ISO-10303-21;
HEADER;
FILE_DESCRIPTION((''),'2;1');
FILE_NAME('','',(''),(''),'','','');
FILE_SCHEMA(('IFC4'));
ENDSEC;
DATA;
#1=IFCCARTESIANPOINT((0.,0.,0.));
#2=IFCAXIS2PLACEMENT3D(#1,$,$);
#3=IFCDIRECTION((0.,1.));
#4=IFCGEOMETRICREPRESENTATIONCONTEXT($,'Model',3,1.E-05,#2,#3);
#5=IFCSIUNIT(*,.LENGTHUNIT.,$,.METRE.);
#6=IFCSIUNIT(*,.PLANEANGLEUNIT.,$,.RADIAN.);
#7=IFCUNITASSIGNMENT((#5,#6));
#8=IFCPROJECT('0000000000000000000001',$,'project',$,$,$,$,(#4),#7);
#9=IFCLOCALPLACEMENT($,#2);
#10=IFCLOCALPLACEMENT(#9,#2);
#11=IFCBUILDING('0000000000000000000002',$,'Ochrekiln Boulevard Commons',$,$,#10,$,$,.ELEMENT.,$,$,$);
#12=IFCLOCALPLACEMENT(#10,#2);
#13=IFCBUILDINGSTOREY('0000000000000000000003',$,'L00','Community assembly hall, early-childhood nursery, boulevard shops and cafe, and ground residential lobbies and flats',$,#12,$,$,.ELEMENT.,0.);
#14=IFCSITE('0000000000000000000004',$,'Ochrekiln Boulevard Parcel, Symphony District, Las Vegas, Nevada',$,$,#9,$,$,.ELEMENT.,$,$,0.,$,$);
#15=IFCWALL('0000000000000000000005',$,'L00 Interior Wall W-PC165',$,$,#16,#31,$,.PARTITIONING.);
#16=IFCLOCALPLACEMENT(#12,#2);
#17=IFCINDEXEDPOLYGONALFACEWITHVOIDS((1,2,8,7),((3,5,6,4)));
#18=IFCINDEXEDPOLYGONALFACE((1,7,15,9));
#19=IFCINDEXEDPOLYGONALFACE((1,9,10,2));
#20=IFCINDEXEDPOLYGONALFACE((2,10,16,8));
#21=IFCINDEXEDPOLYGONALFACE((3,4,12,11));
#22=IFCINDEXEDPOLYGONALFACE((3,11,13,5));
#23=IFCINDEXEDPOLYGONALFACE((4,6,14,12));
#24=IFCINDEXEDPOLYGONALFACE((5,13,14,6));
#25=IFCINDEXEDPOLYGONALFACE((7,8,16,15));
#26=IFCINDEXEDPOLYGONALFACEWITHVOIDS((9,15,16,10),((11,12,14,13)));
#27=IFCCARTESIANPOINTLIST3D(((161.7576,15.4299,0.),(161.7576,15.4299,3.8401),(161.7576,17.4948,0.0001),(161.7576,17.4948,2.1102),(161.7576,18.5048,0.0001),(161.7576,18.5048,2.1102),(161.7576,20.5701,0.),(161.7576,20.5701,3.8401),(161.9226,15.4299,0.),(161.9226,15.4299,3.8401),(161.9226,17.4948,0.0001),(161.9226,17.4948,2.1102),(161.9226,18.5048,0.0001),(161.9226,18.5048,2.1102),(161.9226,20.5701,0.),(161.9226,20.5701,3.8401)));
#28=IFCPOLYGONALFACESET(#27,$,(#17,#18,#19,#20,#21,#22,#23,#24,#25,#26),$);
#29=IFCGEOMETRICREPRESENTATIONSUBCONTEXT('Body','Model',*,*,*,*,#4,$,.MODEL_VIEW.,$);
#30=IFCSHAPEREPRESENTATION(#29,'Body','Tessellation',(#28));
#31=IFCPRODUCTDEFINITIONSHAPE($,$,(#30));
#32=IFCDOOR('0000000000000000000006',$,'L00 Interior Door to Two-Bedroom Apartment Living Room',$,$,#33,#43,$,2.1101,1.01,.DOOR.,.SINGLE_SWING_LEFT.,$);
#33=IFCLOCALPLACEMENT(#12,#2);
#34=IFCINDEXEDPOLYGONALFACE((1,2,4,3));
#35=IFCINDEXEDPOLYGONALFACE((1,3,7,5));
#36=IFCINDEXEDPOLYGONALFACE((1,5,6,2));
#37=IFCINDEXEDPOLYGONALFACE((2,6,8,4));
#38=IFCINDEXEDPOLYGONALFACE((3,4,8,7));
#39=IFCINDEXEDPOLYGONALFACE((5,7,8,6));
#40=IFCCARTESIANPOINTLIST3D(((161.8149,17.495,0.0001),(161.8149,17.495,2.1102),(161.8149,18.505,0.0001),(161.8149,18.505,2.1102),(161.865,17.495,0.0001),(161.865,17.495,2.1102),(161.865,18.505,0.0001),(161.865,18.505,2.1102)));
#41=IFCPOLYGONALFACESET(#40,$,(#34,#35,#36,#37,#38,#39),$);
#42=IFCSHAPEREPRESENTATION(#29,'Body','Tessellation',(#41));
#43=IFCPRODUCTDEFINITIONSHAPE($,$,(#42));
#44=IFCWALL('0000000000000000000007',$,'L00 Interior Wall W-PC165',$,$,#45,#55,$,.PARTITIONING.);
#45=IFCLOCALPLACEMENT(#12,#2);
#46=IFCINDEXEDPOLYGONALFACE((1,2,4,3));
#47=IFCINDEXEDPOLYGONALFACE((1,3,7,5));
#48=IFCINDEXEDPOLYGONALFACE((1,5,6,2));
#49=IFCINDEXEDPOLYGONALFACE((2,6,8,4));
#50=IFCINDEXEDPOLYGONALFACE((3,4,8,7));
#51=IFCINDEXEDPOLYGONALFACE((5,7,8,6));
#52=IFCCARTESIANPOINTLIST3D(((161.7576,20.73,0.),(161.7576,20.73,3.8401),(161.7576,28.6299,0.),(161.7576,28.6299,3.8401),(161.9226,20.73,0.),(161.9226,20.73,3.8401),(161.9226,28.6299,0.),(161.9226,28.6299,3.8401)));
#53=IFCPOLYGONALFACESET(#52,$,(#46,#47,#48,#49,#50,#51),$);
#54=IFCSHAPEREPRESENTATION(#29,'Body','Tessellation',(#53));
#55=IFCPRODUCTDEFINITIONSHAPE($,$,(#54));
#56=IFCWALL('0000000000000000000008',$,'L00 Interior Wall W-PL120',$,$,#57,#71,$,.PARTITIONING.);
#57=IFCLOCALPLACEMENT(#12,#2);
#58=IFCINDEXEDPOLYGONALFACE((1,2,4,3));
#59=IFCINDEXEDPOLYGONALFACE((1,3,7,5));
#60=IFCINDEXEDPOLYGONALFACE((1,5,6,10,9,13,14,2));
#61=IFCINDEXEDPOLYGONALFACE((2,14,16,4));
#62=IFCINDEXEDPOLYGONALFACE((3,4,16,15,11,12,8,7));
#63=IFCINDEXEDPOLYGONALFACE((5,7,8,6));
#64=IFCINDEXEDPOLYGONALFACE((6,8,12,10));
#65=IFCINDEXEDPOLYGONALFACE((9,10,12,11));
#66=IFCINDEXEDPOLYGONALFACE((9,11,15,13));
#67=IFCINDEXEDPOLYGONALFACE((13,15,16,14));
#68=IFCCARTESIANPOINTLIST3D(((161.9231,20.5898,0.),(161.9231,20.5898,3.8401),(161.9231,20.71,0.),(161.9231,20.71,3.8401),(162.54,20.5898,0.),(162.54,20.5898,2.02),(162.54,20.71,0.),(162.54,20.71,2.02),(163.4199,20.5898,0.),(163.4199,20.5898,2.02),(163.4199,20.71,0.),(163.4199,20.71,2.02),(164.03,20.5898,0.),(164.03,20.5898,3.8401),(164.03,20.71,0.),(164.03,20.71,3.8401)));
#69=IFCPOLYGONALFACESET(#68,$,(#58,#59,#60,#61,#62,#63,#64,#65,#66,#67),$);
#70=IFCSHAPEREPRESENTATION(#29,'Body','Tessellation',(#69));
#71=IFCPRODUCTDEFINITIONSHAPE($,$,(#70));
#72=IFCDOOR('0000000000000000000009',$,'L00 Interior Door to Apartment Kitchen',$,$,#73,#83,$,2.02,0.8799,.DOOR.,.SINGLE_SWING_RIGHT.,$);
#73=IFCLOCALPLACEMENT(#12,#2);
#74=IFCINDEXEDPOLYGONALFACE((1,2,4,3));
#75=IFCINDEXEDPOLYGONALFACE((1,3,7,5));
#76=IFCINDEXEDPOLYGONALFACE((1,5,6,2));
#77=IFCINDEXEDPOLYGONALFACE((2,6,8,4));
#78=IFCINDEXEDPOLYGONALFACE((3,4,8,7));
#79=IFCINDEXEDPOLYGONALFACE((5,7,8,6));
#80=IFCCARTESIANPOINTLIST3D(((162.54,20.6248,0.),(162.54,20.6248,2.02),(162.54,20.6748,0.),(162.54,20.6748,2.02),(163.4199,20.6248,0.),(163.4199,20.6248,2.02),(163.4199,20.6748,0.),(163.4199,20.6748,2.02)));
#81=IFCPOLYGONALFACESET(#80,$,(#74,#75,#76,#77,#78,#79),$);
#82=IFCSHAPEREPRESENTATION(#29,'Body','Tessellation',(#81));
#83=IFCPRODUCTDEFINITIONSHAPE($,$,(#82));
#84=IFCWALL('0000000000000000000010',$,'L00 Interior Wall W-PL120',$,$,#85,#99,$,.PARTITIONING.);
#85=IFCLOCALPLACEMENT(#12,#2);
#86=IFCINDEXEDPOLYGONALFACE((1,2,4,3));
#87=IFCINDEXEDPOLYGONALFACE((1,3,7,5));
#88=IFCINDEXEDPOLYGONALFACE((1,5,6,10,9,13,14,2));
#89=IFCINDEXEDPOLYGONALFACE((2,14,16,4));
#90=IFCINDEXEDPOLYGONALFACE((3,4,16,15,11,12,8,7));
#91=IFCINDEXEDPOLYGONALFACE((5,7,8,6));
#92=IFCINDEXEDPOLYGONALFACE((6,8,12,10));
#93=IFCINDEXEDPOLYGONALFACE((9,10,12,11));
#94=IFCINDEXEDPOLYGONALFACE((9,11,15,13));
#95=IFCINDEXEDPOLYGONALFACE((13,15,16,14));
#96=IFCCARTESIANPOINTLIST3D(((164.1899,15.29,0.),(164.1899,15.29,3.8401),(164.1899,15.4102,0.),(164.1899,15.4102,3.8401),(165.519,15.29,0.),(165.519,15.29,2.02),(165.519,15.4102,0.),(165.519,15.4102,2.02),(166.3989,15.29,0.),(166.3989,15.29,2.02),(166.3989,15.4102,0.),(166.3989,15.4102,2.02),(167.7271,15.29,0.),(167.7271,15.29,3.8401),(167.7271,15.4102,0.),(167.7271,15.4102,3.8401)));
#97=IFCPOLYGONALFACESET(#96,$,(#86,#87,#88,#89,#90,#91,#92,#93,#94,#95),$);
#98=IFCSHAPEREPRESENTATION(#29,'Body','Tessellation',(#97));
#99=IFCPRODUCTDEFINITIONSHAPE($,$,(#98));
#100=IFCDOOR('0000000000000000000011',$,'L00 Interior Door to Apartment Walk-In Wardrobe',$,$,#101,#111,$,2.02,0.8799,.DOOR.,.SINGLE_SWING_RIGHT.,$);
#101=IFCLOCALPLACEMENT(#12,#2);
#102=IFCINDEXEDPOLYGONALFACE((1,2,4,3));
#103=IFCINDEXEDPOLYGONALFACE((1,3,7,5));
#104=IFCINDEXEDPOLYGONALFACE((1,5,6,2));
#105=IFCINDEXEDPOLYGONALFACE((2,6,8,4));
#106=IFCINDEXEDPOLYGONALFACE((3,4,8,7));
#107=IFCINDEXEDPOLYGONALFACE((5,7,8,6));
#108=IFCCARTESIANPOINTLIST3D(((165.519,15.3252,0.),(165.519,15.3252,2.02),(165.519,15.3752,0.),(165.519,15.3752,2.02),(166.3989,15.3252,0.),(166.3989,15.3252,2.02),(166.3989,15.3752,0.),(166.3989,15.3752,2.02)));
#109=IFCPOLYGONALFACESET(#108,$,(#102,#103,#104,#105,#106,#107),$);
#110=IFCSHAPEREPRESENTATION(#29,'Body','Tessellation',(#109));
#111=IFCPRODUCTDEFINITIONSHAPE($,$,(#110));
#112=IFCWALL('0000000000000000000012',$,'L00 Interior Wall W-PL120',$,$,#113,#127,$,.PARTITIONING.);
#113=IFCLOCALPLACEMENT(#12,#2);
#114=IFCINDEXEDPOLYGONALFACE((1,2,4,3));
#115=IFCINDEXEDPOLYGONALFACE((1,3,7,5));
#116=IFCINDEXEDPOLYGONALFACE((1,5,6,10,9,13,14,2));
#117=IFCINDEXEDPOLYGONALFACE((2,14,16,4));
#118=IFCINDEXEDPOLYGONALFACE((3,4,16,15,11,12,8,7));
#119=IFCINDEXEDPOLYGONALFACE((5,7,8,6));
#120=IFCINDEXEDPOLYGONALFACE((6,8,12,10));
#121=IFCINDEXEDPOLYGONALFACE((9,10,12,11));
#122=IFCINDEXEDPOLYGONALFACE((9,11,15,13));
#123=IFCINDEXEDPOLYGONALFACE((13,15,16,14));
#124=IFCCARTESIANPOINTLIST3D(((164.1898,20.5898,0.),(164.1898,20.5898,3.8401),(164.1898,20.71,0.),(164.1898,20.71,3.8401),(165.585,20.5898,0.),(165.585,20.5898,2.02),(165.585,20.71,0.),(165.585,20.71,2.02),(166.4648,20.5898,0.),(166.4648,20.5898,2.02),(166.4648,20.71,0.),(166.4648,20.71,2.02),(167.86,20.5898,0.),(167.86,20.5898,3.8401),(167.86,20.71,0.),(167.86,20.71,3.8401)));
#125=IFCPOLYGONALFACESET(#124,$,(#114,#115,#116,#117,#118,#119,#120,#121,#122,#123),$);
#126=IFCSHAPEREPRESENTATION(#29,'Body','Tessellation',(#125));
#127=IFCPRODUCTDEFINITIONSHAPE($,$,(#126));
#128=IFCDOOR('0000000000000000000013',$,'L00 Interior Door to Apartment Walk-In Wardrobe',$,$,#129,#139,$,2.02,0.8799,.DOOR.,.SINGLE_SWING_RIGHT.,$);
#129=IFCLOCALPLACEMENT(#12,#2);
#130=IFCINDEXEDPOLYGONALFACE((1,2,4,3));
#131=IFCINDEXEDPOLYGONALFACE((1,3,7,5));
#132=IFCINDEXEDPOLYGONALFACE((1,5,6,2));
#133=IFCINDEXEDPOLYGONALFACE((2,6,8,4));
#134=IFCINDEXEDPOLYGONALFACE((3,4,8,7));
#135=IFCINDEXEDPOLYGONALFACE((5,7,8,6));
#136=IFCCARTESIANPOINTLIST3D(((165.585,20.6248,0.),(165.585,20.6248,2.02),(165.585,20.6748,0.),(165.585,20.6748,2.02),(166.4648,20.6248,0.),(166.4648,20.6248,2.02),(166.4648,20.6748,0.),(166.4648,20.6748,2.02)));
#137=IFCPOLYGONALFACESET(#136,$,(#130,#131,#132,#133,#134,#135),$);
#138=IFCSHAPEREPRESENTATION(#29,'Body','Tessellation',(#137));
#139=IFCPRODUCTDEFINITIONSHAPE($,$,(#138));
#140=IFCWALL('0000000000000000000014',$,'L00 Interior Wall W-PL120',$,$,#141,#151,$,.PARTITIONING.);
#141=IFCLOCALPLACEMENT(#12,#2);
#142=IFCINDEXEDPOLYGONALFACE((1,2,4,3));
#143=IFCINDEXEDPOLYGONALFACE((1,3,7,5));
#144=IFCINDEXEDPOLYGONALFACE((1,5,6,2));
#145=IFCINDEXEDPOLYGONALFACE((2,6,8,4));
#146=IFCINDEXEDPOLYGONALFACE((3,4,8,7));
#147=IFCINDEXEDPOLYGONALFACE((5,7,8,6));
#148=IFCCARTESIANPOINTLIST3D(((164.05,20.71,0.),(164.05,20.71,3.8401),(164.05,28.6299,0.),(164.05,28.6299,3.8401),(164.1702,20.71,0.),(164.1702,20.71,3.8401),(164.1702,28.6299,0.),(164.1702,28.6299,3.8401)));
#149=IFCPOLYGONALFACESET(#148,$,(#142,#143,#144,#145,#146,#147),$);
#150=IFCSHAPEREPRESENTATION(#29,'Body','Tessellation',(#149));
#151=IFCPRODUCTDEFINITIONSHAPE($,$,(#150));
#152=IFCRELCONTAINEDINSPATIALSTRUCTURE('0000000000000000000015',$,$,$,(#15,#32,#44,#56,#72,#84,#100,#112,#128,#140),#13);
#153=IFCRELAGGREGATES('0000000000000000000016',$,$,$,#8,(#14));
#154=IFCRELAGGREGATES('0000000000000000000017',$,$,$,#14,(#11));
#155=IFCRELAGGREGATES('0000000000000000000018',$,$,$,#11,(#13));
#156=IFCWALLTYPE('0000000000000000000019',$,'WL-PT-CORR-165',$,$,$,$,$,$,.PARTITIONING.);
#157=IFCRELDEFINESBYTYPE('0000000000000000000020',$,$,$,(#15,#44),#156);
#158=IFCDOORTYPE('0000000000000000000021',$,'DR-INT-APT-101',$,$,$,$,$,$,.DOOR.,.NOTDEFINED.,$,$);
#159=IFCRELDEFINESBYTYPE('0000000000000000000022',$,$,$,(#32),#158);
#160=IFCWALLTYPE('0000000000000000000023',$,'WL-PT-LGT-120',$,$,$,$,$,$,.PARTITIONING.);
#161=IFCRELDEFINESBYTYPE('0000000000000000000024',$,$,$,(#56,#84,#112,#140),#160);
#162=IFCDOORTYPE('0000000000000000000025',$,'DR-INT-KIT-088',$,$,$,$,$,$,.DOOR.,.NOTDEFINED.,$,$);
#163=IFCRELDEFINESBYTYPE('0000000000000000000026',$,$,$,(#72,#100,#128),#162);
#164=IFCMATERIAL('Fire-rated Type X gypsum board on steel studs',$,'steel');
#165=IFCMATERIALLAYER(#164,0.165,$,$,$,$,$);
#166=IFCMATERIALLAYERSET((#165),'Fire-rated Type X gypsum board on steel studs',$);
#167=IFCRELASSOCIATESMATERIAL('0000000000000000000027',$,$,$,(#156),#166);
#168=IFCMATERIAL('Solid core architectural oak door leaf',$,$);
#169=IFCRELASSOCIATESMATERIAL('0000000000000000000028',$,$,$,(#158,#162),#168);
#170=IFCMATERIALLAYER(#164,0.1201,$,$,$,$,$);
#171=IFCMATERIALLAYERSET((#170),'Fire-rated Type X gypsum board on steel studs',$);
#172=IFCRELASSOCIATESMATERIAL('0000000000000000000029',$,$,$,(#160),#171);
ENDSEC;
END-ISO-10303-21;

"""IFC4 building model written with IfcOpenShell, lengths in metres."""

from ifc_helpers import new_model, si_unit, direction, frame, frame_2d, origin, place, context, subcontext, project, spatial, rectangle, extrude, material, layer, layer_set, type_object, element, fill, save


model = new_model("IFC4")

# Units and contexts
model_context = context("Model", 3, precision=1e-05, world=origin(), true_north=direction((0.0, 1.0)))
body_context = subcontext(model_context, "Body", "Model", "MODEL_VIEW")
ifc_project = project(units=[si_unit("LENGTHUNIT", "METRE"), si_unit("PLANEANGLEUNIT", "RADIAN")], contexts=[model_context])

# Site, building, storey
site_placement = place(None, origin())
site = spatial("IfcSite", under=ifc_project, at=site_placement, Name="Ochrekiln Boulevard Parcel, Symphony District, Las Vegas, Nevada", CompositionType="ELEMENT", RefElevation=0.0)
building_placement = place(site_placement, origin())
building = spatial("IfcBuilding", under=site, at=building_placement, Name="Ochrekiln Boulevard Commons", CompositionType="ELEMENT")
storey_placement = place(building_placement, origin())
storey = spatial("IfcBuildingStorey", under=building, at=storey_placement, Name="L00", Description="Community assembly hall, early-childhood nursery, boulevard shops and cafe, and ground residential lobbies and flats", CompositionType="ELEMENT", Elevation=0.0)

# Shared definitions
ifc_material_1 = material(Name="Solid core architectural oak door leaf")

# Shared definitions
ifc_material_2 = material(Name="Fire-rated Type X gypsum board on steel studs", Category="steel")
ifc_layer_1 = layer(ifc_material_2, 0.165)
ifc_layer_set_1 = layer_set([ifc_layer_1], Name="Fire-rated Type X gypsum board on steel studs")
wall_type_1 = type_object("IfcWallType", Name="WL-PT-CORR-165", PredefinedType="PARTITIONING", material=ifc_layer_set_1)
door_type_1 = type_object("IfcDoorType", Name="DR-INT-APT-101", OperationType="NOTDEFINED", PredefinedType="DOOR", material=ifc_material_1)

# Wall, opening, door
wall_1_placement = place(storey_placement, frame((161.8401, 15.4299, 0.0), z_axis=(0.0, 0.0, 1.0), x_axis=(0.0, 1.0, 0.0)))
wall_1 = element("IfcWall", 1, at=wall_1_placement, inside=storey, type_object=wall_type_1, Name="L00 Interior Wall W-PC165", PredefinedType="PARTITIONING", context=body_context, shape_type="SweptSolid", body=[
    extrude(rectangle(XDim=5.1401, YDim=0.165, at=frame_2d((2.5701, 0.0))), origin(), (0.0, 0.0, 1.0), 3.8401),
])
opening_1_placement = place(wall_1_placement, frame((2.0649, 0.0, 0.0)))
opening_1 = element("IfcOpeningElement", 2, at=opening_1_placement, cuts=wall_1, PredefinedType="OPENING", context=body_context, shape_type="SweptSolid", body=[
    extrude(rectangle(XDim=1.01, YDim=2.1101, at=frame_2d((0.5049, 1.0552))), frame((0.0, 0.0925, 0.0), z_axis=(0.0, -1.0, 0.0), x_axis=(1.0, 0.0, 0.0)), (0.0, 0.0, 1.0), 0.1851),
])
door_1_placement = place(opening_1_placement, frame((1.01, 0.0, 0.0), z_axis=(0.0, 0.0, 1.0), x_axis=(-1.0, 0.0, 0.0)))
door_1 = element("IfcDoor", 3, at=door_1_placement, inside=storey, type_object=door_type_1, Name="L00 Interior Door to Two-Bedroom Apartment Living Room", OperationType="SINGLE_SWING_LEFT", OverallHeight=2.1101, OverallWidth=1.01, PredefinedType="DOOR", context=body_context, shape_type="SweptSolid", body=[
    extrude(rectangle(XDim=1.01, YDim=2.1101, at=frame_2d((0.5049, 1.0552))), frame((0.0, 0.0249, 0.0), z_axis=(0.0, -1.0, 0.0), x_axis=(1.0, 0.0, 0.0)), (0.0, 0.0, 1.0), 0.05),
])
fill(opening_1, door_1)

# Wall
wall_2_placement = place(storey_placement, frame((161.8401, 20.73, 0.0), z_axis=(0.0, 0.0, 1.0), x_axis=(0.0, 1.0, 0.0)))
element("IfcWall", 4, at=wall_2_placement, inside=storey, type_object=wall_type_1, Name="L00 Interior Wall W-PC165", PredefinedType="PARTITIONING", context=body_context, shape_type="SweptSolid", body=[
    extrude(rectangle(XDim=7.8999, YDim=0.165, at=frame_2d((3.95, 0.0))), origin(), (0.0, 0.0, 1.0), 3.8401),
])

# Walls, openings, doors
ifc_layer_2 = layer(ifc_material_2, 0.1201)
ifc_layer_set_2 = layer_set([ifc_layer_2], Name="Fire-rated Type X gypsum board on steel studs")
wall_type_2 = type_object("IfcWallType", Name="WL-PT-LGT-120", PredefinedType="PARTITIONING", material=ifc_layer_set_2)
wall_3_placement = place(storey_placement, frame((161.9231, 20.6499, 0.0), z_axis=(0.0, 0.0, 1.0), x_axis=(1.0, 0.0, 0.0)))
wall_3 = element("IfcWall", 5, at=wall_3_placement, inside=storey, type_object=wall_type_2, Name="L00 Interior Wall W-PL120", PredefinedType="PARTITIONING", context=body_context, shape_type="SweptSolid", body=[
    extrude(rectangle(XDim=2.1069, YDim=0.1201, at=frame_2d((1.0535, 0.0))), origin(), (0.0, 0.0, 1.0), 3.8401),
])
opening_2_placement = place(wall_3_placement, frame((0.6169, 0.0, 0.0)))
opening_2 = element("IfcOpeningElement", 6, at=opening_2_placement, cuts=wall_3, PredefinedType="OPENING", context=body_context, shape_type="SweptSolid", body=[
    extrude(rectangle(XDim=0.8799, YDim=2.02, at=frame_2d((0.4399, 1.01))), frame((0.0, 0.0701, 0.0), z_axis=(0.0, -1.0, 0.0), x_axis=(1.0, 0.0, 0.0)), (0.0, 0.0, 1.0), 0.1401),
])
door_type_2 = type_object("IfcDoorType", Name="DR-INT-KIT-088", OperationType="NOTDEFINED", PredefinedType="DOOR", material=ifc_material_1)
door_2_placement = place(opening_2_placement, origin())
door_2 = element("IfcDoor", 7, at=door_2_placement, inside=storey, type_object=door_type_2, Name="L00 Interior Door to Apartment Kitchen", OperationType="SINGLE_SWING_RIGHT", OverallHeight=2.02, OverallWidth=0.8799, PredefinedType="DOOR", context=body_context, shape_type="SweptSolid", body=[
    extrude(rectangle(XDim=0.8799, YDim=2.02, at=frame_2d((0.4399, 1.01))), frame((0.0, 0.0249, 0.0), z_axis=(0.0, -1.0, 0.0), x_axis=(1.0, 0.0, 0.0)), (0.0, 0.0, 1.0), 0.05),
])
fill(opening_2, door_2)
wall_4_placement = place(storey_placement, frame((164.1899, 15.3501, 0.0), z_axis=(0.0, 0.0, 1.0), x_axis=(1.0, 0.0, 0.0)))
wall_4 = element("IfcWall", 8, at=wall_4_placement, inside=storey, type_object=wall_type_2, Name="L00 Interior Wall W-PL120", PredefinedType="PARTITIONING", context=body_context, shape_type="SweptSolid", body=[
    extrude(rectangle(XDim=3.5371, YDim=0.1201, at=frame_2d((1.7686, 0.0))), origin(), (0.0, 0.0, 1.0), 3.8401),
])
opening_3_placement = place(wall_4_placement, frame((1.3291, 0.0, 0.0)))
opening_3 = element("IfcOpeningElement", 9, at=opening_3_placement, cuts=wall_4, PredefinedType="OPENING", context=body_context, shape_type="SweptSolid", body=[
    extrude(rectangle(XDim=0.8799, YDim=2.02, at=frame_2d((0.4399, 1.01))), frame((0.0, 0.0701, 0.0), z_axis=(0.0, -1.0, 0.0), x_axis=(1.0, 0.0, 0.0)), (0.0, 0.0, 1.0), 0.1401),
])
door_3_placement = place(opening_3_placement, frame((0.8799, 0.0, 0.0), z_axis=(0.0, 0.0, 1.0), x_axis=(-1.0, 0.0, 0.0)))
door_3 = element("IfcDoor", 10, at=door_3_placement, inside=storey, type_object=door_type_2, Name="L00 Interior Door to Apartment Walk-In Wardrobe", OperationType="SINGLE_SWING_RIGHT", OverallHeight=2.02, OverallWidth=0.8799, PredefinedType="DOOR", context=body_context, shape_type="SweptSolid", body=[
    extrude(rectangle(XDim=0.8799, YDim=2.02, at=frame_2d((0.4399, 1.01))), frame((0.0, 0.0249, 0.0), z_axis=(0.0, -1.0, 0.0), x_axis=(1.0, 0.0, 0.0)), (0.0, 0.0, 1.0), 0.05),
])
fill(opening_3, door_3)
wall_5_placement = place(storey_placement, frame((164.1899, 20.6499, 0.0), z_axis=(0.0, 0.0, 1.0), x_axis=(1.0, 0.0, 0.0)))
wall_5 = element("IfcWall", 11, at=wall_5_placement, inside=storey, type_object=wall_type_2, Name="L00 Interior Wall W-PL120", PredefinedType="PARTITIONING", context=body_context, shape_type="SweptSolid", body=[
    extrude(rectangle(XDim=3.6702, YDim=0.1201, at=frame_2d((1.835, 0.0))), origin(), (0.0, 0.0, 1.0), 3.8401),
])
opening_4_placement = place(wall_5_placement, frame((1.395, 0.0, 0.0)))
opening_4 = element("IfcOpeningElement", 12, at=opening_4_placement, cuts=wall_5, PredefinedType="OPENING", context=body_context, shape_type="SweptSolid", body=[
    extrude(rectangle(XDim=0.8799, YDim=2.02, at=frame_2d((0.4399, 1.01))), frame((0.0, 0.0701, 0.0), z_axis=(0.0, -1.0, 0.0), x_axis=(1.0, 0.0, 0.0)), (0.0, 0.0, 1.0), 0.1401),
])
door_4_placement = place(opening_4_placement, origin())
door_4 = element("IfcDoor", 13, at=door_4_placement, inside=storey, type_object=door_type_2, Name="L00 Interior Door to Apartment Walk-In Wardrobe", OperationType="SINGLE_SWING_RIGHT", OverallHeight=2.02, OverallWidth=0.8799, PredefinedType="DOOR", context=body_context, shape_type="SweptSolid", body=[
    extrude(rectangle(XDim=0.8799, YDim=2.02, at=frame_2d((0.4399, 1.01))), frame((0.0, 0.0249, 0.0), z_axis=(0.0, -1.0, 0.0), x_axis=(1.0, 0.0, 0.0)), (0.0, 0.0, 1.0), 0.05),
])
fill(opening_4, door_4)

# Wall
wall_6_placement = place(storey_placement, frame((164.1101, 20.71, 0.0), z_axis=(0.0, 0.0, 1.0), x_axis=(0.0, 1.0, 0.0)))
element("IfcWall", 14, at=wall_6_placement, inside=storey, type_object=wall_type_2, Name="L00 Interior Wall W-PL120", PredefinedType="PARTITIONING", context=body_context, shape_type="SweptSolid", body=[
    extrude(rectangle(XDim=7.9199, YDim=0.1201, at=frame_2d((3.96, 0.0))), origin(), (0.0, 0.0, 1.0), 3.8401),
])

save(model, "model.ifc")
